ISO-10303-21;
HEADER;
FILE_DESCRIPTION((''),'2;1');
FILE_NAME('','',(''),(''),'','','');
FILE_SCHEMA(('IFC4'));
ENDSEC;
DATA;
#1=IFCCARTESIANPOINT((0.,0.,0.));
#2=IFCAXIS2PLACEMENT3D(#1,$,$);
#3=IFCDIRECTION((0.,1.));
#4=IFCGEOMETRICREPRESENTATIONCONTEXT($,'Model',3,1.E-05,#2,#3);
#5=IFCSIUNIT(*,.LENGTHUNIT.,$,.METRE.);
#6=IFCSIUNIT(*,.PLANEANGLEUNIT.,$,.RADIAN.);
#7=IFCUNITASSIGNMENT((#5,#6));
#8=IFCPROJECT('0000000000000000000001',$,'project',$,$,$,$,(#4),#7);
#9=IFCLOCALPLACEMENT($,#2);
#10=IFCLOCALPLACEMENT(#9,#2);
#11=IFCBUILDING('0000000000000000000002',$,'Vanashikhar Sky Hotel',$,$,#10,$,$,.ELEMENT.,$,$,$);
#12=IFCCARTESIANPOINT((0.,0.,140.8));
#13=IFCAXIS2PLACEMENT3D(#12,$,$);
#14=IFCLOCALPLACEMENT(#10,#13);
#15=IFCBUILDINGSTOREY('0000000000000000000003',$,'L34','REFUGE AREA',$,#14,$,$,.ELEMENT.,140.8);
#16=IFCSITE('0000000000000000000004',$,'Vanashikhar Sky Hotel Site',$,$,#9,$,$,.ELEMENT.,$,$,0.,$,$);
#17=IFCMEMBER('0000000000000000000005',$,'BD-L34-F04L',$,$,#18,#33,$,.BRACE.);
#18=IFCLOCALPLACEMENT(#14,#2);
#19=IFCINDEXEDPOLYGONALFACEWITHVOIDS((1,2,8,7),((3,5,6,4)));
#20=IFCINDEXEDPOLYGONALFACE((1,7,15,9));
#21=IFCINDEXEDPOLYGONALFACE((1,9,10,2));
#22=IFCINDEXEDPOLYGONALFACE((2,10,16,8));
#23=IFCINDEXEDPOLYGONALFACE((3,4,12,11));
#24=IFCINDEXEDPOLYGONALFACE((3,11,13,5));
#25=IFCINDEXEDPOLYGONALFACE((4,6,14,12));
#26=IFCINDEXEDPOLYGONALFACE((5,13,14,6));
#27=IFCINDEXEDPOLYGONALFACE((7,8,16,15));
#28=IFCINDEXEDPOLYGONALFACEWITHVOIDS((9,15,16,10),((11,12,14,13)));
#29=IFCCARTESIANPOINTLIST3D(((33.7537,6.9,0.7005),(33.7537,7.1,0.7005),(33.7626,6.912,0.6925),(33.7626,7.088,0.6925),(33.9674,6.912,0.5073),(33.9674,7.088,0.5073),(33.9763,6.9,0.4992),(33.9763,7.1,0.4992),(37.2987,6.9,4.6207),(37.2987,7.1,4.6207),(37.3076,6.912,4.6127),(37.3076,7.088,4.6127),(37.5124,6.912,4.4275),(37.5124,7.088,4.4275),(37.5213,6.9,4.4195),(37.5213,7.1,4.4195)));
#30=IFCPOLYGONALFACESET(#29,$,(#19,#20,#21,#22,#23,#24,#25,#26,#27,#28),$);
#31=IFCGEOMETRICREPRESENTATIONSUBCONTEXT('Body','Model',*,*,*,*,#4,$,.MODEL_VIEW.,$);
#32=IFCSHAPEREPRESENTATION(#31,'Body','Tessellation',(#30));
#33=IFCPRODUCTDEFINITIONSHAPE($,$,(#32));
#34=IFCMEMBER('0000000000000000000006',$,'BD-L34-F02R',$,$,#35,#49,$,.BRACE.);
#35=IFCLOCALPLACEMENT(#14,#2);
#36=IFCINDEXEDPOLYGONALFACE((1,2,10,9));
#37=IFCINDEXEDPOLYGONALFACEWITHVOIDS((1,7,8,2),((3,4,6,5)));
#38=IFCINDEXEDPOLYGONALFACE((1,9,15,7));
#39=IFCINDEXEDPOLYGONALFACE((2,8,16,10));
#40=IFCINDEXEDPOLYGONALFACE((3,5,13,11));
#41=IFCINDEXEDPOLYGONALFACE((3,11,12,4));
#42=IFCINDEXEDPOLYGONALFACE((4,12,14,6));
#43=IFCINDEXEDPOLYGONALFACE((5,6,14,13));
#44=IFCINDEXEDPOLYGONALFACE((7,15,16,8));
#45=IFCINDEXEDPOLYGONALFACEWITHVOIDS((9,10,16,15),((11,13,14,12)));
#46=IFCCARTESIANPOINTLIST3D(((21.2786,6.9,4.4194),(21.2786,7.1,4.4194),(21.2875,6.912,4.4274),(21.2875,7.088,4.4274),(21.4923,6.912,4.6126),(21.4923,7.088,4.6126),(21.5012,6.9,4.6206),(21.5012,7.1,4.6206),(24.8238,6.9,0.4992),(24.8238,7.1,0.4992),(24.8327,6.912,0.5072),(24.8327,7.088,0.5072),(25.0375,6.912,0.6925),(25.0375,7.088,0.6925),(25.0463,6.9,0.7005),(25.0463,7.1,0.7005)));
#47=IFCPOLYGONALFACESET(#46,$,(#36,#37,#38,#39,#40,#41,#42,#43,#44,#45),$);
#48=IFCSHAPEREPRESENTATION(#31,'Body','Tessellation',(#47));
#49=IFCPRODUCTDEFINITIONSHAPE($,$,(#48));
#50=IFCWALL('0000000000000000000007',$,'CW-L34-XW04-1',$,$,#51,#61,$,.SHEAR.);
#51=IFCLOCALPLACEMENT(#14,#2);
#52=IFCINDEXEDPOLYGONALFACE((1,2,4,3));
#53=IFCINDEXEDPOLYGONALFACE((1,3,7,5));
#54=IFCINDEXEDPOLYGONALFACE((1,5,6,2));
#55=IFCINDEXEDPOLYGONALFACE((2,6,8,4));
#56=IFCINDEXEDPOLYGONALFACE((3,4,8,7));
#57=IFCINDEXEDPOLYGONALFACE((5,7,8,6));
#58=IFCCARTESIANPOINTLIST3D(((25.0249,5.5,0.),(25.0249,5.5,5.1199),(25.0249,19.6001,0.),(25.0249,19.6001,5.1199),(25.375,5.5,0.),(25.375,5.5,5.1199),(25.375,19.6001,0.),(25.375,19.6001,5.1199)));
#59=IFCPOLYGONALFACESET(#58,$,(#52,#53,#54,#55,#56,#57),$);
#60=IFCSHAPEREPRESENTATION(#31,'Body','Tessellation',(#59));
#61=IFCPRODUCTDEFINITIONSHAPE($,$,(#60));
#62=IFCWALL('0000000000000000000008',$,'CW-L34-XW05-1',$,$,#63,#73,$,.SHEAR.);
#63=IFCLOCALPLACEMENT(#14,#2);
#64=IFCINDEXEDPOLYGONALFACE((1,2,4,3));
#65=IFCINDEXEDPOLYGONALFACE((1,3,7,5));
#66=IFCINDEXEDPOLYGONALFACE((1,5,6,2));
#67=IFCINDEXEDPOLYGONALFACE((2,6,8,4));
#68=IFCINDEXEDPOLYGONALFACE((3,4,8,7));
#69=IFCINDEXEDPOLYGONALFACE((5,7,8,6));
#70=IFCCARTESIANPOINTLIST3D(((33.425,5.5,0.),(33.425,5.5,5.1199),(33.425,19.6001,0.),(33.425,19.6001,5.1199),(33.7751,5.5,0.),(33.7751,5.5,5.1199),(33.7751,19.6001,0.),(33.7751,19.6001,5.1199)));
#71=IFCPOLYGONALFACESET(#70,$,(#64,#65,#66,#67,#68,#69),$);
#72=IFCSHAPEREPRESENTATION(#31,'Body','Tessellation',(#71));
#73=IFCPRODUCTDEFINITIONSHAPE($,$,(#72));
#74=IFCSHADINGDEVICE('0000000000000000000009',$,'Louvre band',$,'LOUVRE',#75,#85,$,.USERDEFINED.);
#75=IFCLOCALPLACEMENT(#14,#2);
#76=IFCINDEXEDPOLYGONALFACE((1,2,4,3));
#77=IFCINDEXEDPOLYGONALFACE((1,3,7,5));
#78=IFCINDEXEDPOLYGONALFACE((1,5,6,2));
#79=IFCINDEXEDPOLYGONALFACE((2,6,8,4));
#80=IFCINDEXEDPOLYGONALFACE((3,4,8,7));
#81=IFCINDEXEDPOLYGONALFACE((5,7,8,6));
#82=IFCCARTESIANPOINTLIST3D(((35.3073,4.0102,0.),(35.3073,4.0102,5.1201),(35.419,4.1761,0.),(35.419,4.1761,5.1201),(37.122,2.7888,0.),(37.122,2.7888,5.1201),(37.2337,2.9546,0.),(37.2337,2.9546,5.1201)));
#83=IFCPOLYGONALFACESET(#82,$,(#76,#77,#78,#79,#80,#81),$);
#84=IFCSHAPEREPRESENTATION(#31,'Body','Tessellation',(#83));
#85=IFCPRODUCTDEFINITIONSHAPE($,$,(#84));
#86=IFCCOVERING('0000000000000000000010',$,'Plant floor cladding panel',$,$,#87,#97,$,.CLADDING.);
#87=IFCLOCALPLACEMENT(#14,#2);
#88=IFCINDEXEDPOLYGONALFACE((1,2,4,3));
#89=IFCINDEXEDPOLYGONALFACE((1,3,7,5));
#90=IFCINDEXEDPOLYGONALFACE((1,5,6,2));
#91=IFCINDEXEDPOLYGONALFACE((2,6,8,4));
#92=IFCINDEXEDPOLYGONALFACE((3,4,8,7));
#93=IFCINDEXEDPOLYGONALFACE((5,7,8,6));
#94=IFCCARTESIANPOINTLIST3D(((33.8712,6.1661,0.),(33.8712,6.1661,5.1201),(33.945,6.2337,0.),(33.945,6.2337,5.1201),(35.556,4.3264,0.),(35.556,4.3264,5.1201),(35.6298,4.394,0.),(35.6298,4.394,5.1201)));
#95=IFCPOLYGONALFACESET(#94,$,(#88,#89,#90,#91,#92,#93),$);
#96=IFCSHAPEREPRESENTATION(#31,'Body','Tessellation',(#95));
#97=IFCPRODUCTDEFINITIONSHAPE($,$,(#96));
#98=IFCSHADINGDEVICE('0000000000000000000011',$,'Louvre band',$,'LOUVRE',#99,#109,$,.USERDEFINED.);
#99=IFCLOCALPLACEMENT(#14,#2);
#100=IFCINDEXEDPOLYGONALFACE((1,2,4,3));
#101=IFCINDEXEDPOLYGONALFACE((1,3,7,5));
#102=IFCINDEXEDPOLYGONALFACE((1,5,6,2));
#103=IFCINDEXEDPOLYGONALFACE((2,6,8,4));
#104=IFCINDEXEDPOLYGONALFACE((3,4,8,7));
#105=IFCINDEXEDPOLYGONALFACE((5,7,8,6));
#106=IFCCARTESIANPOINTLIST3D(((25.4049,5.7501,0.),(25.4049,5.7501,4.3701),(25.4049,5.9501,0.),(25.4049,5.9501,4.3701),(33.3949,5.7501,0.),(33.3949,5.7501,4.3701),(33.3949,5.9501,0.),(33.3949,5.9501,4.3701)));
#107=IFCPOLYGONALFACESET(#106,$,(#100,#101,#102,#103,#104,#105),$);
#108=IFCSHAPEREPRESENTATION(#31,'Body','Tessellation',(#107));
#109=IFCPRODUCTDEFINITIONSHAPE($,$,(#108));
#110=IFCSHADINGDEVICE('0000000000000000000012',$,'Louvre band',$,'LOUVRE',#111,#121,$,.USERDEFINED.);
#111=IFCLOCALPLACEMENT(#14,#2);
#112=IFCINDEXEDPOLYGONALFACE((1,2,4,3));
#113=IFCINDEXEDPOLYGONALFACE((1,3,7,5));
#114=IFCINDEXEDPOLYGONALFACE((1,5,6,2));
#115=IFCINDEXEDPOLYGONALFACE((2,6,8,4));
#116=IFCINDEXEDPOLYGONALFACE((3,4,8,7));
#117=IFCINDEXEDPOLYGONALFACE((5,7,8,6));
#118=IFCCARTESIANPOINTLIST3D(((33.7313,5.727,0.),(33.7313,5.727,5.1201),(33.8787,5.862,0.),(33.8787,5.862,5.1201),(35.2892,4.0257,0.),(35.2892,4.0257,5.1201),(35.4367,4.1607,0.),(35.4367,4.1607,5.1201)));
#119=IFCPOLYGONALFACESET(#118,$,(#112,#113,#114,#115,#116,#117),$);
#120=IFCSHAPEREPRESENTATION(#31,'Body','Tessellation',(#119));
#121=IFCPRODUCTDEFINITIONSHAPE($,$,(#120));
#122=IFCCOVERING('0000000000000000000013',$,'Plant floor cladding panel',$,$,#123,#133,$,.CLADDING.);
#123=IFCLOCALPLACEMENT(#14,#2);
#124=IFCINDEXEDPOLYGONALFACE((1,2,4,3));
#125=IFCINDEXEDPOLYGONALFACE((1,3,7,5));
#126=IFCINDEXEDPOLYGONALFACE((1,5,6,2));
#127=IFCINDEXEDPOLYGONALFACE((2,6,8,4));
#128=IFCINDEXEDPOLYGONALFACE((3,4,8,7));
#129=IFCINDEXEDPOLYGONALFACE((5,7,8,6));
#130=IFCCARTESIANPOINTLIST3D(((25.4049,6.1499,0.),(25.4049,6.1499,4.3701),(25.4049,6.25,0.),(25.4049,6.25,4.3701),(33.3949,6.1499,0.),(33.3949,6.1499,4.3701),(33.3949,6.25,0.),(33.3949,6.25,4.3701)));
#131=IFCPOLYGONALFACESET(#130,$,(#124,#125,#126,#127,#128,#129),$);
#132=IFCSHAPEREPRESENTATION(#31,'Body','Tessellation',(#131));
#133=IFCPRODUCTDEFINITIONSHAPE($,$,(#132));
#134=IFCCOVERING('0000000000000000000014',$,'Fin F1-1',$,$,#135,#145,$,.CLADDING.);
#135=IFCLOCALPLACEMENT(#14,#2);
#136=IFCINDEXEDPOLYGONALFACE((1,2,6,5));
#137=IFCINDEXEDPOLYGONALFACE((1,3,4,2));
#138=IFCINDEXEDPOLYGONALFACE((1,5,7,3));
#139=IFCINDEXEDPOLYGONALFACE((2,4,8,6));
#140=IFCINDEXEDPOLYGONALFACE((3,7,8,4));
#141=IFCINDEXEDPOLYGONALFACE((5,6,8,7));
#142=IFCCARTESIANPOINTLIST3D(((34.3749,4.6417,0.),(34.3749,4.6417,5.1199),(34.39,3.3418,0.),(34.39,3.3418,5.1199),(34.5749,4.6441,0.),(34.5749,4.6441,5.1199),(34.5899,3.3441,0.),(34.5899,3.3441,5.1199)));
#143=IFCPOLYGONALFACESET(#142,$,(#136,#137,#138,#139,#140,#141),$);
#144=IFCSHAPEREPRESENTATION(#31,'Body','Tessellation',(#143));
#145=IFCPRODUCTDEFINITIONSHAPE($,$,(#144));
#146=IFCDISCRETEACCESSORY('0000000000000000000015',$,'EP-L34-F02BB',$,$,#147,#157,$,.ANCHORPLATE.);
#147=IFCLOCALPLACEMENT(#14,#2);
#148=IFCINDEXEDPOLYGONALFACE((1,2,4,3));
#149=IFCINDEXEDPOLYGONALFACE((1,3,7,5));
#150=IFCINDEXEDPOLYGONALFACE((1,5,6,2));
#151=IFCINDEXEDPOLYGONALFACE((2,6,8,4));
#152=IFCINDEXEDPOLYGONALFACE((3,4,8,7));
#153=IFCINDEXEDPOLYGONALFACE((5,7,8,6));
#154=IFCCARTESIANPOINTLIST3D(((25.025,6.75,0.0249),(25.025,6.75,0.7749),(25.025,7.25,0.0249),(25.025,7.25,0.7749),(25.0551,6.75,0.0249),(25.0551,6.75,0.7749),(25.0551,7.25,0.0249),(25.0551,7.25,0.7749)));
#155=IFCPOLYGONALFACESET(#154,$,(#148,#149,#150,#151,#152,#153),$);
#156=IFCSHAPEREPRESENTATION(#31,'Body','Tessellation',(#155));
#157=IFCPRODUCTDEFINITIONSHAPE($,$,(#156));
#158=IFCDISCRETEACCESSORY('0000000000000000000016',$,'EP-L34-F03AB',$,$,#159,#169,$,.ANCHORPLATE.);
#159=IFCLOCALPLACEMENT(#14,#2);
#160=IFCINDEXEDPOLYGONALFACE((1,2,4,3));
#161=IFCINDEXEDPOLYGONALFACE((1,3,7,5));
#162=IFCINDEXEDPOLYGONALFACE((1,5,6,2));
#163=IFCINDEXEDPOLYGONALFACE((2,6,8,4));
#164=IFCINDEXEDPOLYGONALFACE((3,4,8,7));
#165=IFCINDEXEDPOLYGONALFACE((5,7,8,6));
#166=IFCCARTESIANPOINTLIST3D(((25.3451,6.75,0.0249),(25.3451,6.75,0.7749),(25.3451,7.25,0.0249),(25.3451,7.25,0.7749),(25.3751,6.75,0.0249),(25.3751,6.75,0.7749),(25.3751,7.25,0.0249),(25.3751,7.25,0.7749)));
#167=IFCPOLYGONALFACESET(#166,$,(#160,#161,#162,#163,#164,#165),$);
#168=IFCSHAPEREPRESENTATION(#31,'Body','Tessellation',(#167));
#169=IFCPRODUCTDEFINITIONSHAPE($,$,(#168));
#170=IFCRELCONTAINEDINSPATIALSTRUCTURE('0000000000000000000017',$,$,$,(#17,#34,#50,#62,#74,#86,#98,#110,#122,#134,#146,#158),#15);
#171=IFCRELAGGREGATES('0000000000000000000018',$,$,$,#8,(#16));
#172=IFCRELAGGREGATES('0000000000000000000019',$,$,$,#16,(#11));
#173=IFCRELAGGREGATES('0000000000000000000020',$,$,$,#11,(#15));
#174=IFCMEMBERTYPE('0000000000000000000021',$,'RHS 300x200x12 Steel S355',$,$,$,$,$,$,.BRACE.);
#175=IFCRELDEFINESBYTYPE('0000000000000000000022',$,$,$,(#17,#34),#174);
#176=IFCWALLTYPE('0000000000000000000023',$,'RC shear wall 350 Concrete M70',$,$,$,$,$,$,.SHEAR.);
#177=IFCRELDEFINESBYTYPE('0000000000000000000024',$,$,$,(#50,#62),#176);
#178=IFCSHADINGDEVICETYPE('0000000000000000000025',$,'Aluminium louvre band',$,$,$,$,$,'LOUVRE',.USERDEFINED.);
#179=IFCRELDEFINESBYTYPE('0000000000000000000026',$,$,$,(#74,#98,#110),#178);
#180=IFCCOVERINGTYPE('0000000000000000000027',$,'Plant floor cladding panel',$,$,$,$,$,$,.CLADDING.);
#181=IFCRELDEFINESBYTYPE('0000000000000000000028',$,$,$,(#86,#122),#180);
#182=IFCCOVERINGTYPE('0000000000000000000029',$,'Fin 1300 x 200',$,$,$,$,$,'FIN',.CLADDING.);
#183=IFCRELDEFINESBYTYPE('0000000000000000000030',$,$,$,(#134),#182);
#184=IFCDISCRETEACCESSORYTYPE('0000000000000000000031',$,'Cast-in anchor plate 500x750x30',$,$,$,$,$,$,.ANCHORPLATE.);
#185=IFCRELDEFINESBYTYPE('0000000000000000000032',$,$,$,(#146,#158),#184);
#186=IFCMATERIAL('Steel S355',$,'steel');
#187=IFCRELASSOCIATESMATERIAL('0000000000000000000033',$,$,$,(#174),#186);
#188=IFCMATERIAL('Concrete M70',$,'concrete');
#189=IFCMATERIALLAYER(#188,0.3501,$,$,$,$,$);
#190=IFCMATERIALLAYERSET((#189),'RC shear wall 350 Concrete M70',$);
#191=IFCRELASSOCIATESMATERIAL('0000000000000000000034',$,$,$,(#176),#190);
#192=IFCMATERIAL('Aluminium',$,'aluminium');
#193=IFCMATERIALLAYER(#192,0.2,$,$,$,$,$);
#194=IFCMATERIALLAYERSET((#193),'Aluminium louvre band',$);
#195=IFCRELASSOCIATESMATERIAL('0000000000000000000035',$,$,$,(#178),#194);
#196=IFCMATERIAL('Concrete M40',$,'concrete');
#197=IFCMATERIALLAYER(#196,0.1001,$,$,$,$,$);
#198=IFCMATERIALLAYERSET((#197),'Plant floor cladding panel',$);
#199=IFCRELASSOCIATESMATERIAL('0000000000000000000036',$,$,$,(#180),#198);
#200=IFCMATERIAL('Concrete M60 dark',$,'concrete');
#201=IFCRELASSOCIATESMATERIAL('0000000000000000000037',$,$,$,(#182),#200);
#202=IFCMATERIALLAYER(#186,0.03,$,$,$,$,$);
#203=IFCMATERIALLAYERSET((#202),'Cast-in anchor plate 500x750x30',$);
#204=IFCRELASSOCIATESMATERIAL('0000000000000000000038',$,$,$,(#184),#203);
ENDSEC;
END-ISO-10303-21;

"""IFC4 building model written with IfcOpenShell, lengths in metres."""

from ifc_helpers import new_model, si_unit, direction, frame, frame_2d, origin, origin_2d, place, context, subcontext, project, spatial, rectangle, hollow_rectangle, extrude, source, transform, mapped, material, layer, layer_set, material_profile, profile_set, type_object, element, save


model = new_model("IFC4")

# Units and contexts
model_context = context("Model", 3, precision=1e-05, world=origin(), true_north=direction((0.0, 1.0)))
body_context = subcontext(model_context, "Body", "Model", "MODEL_VIEW")
ifc_project = project(units=[si_unit("LENGTHUNIT", "METRE"), si_unit("PLANEANGLEUNIT", "RADIAN")], contexts=[model_context])

# Site, building, storey
site_placement = place(None, origin())
site = spatial("IfcSite", under=ifc_project, at=site_placement, Name="Vanashikhar Sky Hotel Site", CompositionType="ELEMENT", RefElevation=0.0)
building_placement = place(site_placement, origin())
building = spatial("IfcBuilding", under=site, at=building_placement, Name="Vanashikhar Sky Hotel", CompositionType="ELEMENT")
storey_placement = place(building_placement, frame((0.0, 0.0, 140.8)))
storey = spatial("IfcBuildingStorey", under=building, at=storey_placement, Name="L34", Description="REFUGE AREA", CompositionType="ELEMENT", Elevation=140.8)

# Members
ifc_material_1 = material(Name="Steel S355", Category="steel")
ifc_material_profile_1 = material_profile(ifc_material_1, hollow_rectangle(XDim=0.2, YDim=0.3, WallThickness=0.012, at=origin_2d()))
ifc_profile_set_1 = profile_set([ifc_material_profile_1], Name="RHS 300x200x12 Steel S355")
member_type_1 = type_object("IfcMemberType", Name="RHS 300x200x12 Steel S355", PredefinedType="BRACE", material=ifc_profile_set_1)
shared_shape_1 = source(origin(), body_context, "Body", "SweptSolid", [
    extrude(hollow_rectangle(XDim=0.2, YDim=0.3, WallThickness=0.012, at=origin_2d()), origin(), (0.0, 0.0, 1.0), 5.2854),
])
for number, where, z_axis, x_axis, name in (
    (1, (33.865, 7.0, 0.5999), (0.670716, 0.0, 0.741714), (0.0, 1.0, 0.0), "BD-L34-F04L"),
):
    element("IfcMember", number, at=place(storey_placement, frame(where, z_axis=z_axis, x_axis=x_axis)), inside=storey, type_object=member_type_1, Name=name, PredefinedType="BRACE", context=body_context, shape_type="MappedRepresentation", body=[
        mapped(shared_shape_1, transform((0.0, 0.0, 0.0), scale=1.0)),
    ])
shared_shape_2 = source(origin(), body_context, "Body", "SweptSolid", [
    extrude(hollow_rectangle(XDim=0.2, YDim=0.3, WallThickness=0.012, at=origin_2d()), origin(), (0.0, 0.0, 1.0), 5.2854),
])
member_1_placement = place(storey_placement, frame((24.9351, 7.0, 0.5999), z_axis=(-0.670742, 0.0, 0.741691), x_axis=(0.0, -1.0, 0.0)))
element("IfcMember", 2, at=member_1_placement, inside=storey, type_object=member_type_1, Name="BD-L34-F02R", PredefinedType="BRACE", context=body_context, shape_type="MappedRepresentation", body=[
    mapped(shared_shape_2, transform((0.0, 0.0, 0.0), scale=1.0)),
])

# Walls
ifc_material_2 = material(Name="Concrete M70", Category="concrete")
ifc_layer_1 = layer(ifc_material_2, 0.3501)
ifc_layer_set_1 = layer_set([ifc_layer_1], Name="RC shear wall 350 Concrete M70")
wall_type = type_object("IfcWallType", Name="RC shear wall 350 Concrete M70", PredefinedType="SHEAR", material=ifc_layer_set_1)
shared_shape_3 = source(origin(), body_context, "Body", "SweptSolid", [
    extrude(rectangle(XDim=14.1001, YDim=0.3501, at=frame_2d((7.05, 0.0))), origin(), (0.0, 0.0, 1.0), 5.1199),
])
for number, where, z_axis, x_axis, name in (
    (3, (25.2, 5.5, 0.0), (0.0, 0.0, 1.0), (0.0, 1.0, 0.0), "CW-L34-XW04-1"),
    (4, (33.6001, 5.5, 0.0), (0.0, 0.0, 1.0), (0.0, 1.0, 0.0), "CW-L34-XW05-1"),
):
    element("IfcWall", number, at=place(storey_placement, frame(where, z_axis=z_axis, x_axis=x_axis)), inside=storey, type_object=wall_type, Name=name, PredefinedType="SHEAR", context=body_context, shape_type="MappedRepresentation", body=[
        mapped(shared_shape_3, transform((0.0, 0.0, 0.0), scale=1.0)),
    ])

# Shading device
ifc_material_3 = material(Name="Aluminium", Category="aluminium")
ifc_layer_2 = layer(ifc_material_3, 0.2)
ifc_layer_set_2 = layer_set([ifc_layer_2], Name="Aluminium louvre band")
shading_device_type = type_object("IfcShadingDeviceType", Name="Aluminium louvre band", ElementType="LOUVRE", PredefinedType="USERDEFINED", material=ifc_layer_set_2)
shared_shape_4 = source(origin(), body_context, "Body", "SweptSolid", [
    extrude(rectangle(XDim=2.1875, YDim=0.2, at=origin_2d()), origin(), (0.0, 0.0, 1.0), 5.1201),
])
shading_device_1_placement = place(storey_placement, frame((36.2705, 3.4824, 0.0), z_axis=(0.0, 0.0, 1.0), x_axis=(0.829584, -0.558382, 0.0)))
element("IfcShadingDevice", 5, at=shading_device_1_placement, inside=storey, type_object=shading_device_type, Name="Louvre band", ObjectType="LOUVRE", PredefinedType="USERDEFINED", context=body_context, shape_type="MappedRepresentation", body=[
    mapped(shared_shape_4, transform((0.0, 0.0, 0.0), scale=1.0)),
])

# Covering
ifc_material_4 = material(Name="Concrete M40", Category="concrete")
ifc_layer_3 = layer(ifc_material_4, 0.1001)
ifc_layer_set_3 = layer_set([ifc_layer_3], Name="Plant floor cladding panel")
covering_type_1 = type_object("IfcCoveringType", Name="Plant floor cladding panel", PredefinedType="CLADDING", material=ifc_layer_set_3)
shared_shape_5 = source(origin(), body_context, "Body", "SweptSolid", [
    extrude(rectangle(XDim=2.4946, YDim=0.1001, at=origin_2d()), origin(), (0.0, 0.0, 1.0), 5.1201),
])
covering_1_placement = place(storey_placement, frame((34.7505, 5.28, 0.0), z_axis=(0.0, 0.0, 1.0), x_axis=(0.675384, -0.737466, 0.0)))
element("IfcCovering", 6, at=covering_1_placement, inside=storey, type_object=covering_type_1, Name="Plant floor cladding panel", PredefinedType="CLADDING", context=body_context, shape_type="MappedRepresentation", body=[
    mapped(shared_shape_5, transform((0.0, 0.0, 0.0), scale=1.0)),
])

# Shading devices
shared_shape_6 = source(origin(), body_context, "Body", "SweptSolid", [
    extrude(rectangle(XDim=7.99, YDim=0.2, at=origin_2d()), origin(), (0.0, 0.0, 1.0), 4.3701),
])
shading_device_2_placement = place(storey_placement, frame((29.3999, 5.8501, 0.0), z_axis=(0.0, 0.0, 1.0), x_axis=(1.0, 0.0, 0.0)))
element("IfcShadingDevice", 7, at=shading_device_2_placement, inside=storey, type_object=shading_device_type, Name="Louvre band", ObjectType="LOUVRE", PredefinedType="USERDEFINED", context=body_context, shape_type="MappedRepresentation", body=[
    mapped(shared_shape_6, transform((0.0, 0.0, 0.0), scale=1.0)),
])
shared_shape_7 = source(origin(), body_context, "Body", "SweptSolid", [
    extrude(rectangle(XDim=2.3069, YDim=0.2, at=origin_2d()), origin(), (0.0, 0.0, 1.0), 5.1201),
])
shading_device_3_placement = place(storey_placement, frame((34.584, 4.9438, 0.0), z_axis=(0.0, 0.0, 1.0), x_axis=(0.675359, -0.73749, 0.0)))
element("IfcShadingDevice", 8, at=shading_device_3_placement, inside=storey, type_object=shading_device_type, Name="Louvre band", ObjectType="LOUVRE", PredefinedType="USERDEFINED", context=body_context, shape_type="MappedRepresentation", body=[
    mapped(shared_shape_7, transform((0.0, 0.0, 0.0), scale=1.0)),
])

# Coverings
shared_shape_8 = source(origin(), body_context, "Body", "SweptSolid", [
    extrude(rectangle(XDim=7.99, YDim=0.1001, at=origin_2d()), origin(), (0.0, 0.0, 1.0), 4.3701),
])
covering_2_placement = place(storey_placement, frame((29.3999, 6.2, 0.0), z_axis=(0.0, 0.0, 1.0), x_axis=(1.0, 0.0, 0.0)))
element("IfcCovering", 9, at=covering_2_placement, inside=storey, type_object=covering_type_1, Name="Plant floor cladding panel", PredefinedType="CLADDING", context=body_context, shape_type="MappedRepresentation", body=[
    mapped(shared_shape_8, transform((0.0, 0.0, 0.0), scale=1.0)),
])
ifc_material_5 = material(Name="Concrete M60 dark", Category="concrete")
ifc_material_profile_2 = material_profile(ifc_material_5, rectangle(XDim=1.3, YDim=0.2, at=origin_2d()))
ifc_profile_set_2 = profile_set([ifc_material_profile_2], Name="Fin 1300 x 200")
covering_type_2 = type_object("IfcCoveringType", Name="Fin 1300 x 200", ElementType="FIN", PredefinedType="CLADDING", material=ifc_profile_set_2)
shared_shape_9 = source(origin(), body_context, "Body", "SweptSolid", [
    extrude(rectangle(XDim=1.3, YDim=0.2, at=origin_2d()), origin(), (0.0, 0.0, 1.0), 5.1199),
])
covering_3_placement = place(storey_placement, frame((34.4824, 3.9929, 0.0), z_axis=(0.0, 0.0, 1.0), x_axis=(0.011589, -0.999933, 0.0)))
element("IfcCovering", 10, at=covering_3_placement, inside=storey, type_object=covering_type_2, Name="Fin F1-1", PredefinedType="CLADDING", context=body_context, shape_type="MappedRepresentation", body=[
    mapped(shared_shape_9, transform((0.0, 0.0, 0.0), scale=1.0)),
])

# Discrete accessories
ifc_layer_4 = layer(ifc_material_1, 0.03)
ifc_layer_set_4 = layer_set([ifc_layer_4], Name="Cast-in anchor plate 500x750x30")
discrete_accessory_type_1 = type_object("IfcDiscreteAccessoryType", Name="Cast-in anchor plate 500x750x30", PredefinedType="ANCHORPLATE", material=ifc_layer_set_4)
shared_shape_10 = source(origin(), body_context, "Body", "SweptSolid", [
    extrude(rectangle(XDim=0.03, YDim=0.5, at=origin_2d()), origin(), (0.0, 0.0, 1.0), 0.75),
])
for number, where, z_axis, x_axis, name in (
    (11, (25.04, 7.0, 0.0249), (0.0, 0.0, 1.0), (1.0, 0.0, 0.0), "EP-L34-F02BB"),
    (12, (25.3601, 7.0, 0.0249), (0.0, 0.0, 1.0), (1.0, 0.0, 0.0), "EP-L34-F03AB"),
):
    element("IfcDiscreteAccessory", number, at=place(storey_placement, frame(where, z_axis=z_axis, x_axis=x_axis)), inside=storey, type_object=discrete_accessory_type_1, Name=name, PredefinedType="ANCHORPLATE", context=body_context, shape_type="MappedRepresentation", body=[
        mapped(shared_shape_10, transform((0.0, 0.0, 0.0), scale=1.0)),
    ])

save(model, "model.ifc")
